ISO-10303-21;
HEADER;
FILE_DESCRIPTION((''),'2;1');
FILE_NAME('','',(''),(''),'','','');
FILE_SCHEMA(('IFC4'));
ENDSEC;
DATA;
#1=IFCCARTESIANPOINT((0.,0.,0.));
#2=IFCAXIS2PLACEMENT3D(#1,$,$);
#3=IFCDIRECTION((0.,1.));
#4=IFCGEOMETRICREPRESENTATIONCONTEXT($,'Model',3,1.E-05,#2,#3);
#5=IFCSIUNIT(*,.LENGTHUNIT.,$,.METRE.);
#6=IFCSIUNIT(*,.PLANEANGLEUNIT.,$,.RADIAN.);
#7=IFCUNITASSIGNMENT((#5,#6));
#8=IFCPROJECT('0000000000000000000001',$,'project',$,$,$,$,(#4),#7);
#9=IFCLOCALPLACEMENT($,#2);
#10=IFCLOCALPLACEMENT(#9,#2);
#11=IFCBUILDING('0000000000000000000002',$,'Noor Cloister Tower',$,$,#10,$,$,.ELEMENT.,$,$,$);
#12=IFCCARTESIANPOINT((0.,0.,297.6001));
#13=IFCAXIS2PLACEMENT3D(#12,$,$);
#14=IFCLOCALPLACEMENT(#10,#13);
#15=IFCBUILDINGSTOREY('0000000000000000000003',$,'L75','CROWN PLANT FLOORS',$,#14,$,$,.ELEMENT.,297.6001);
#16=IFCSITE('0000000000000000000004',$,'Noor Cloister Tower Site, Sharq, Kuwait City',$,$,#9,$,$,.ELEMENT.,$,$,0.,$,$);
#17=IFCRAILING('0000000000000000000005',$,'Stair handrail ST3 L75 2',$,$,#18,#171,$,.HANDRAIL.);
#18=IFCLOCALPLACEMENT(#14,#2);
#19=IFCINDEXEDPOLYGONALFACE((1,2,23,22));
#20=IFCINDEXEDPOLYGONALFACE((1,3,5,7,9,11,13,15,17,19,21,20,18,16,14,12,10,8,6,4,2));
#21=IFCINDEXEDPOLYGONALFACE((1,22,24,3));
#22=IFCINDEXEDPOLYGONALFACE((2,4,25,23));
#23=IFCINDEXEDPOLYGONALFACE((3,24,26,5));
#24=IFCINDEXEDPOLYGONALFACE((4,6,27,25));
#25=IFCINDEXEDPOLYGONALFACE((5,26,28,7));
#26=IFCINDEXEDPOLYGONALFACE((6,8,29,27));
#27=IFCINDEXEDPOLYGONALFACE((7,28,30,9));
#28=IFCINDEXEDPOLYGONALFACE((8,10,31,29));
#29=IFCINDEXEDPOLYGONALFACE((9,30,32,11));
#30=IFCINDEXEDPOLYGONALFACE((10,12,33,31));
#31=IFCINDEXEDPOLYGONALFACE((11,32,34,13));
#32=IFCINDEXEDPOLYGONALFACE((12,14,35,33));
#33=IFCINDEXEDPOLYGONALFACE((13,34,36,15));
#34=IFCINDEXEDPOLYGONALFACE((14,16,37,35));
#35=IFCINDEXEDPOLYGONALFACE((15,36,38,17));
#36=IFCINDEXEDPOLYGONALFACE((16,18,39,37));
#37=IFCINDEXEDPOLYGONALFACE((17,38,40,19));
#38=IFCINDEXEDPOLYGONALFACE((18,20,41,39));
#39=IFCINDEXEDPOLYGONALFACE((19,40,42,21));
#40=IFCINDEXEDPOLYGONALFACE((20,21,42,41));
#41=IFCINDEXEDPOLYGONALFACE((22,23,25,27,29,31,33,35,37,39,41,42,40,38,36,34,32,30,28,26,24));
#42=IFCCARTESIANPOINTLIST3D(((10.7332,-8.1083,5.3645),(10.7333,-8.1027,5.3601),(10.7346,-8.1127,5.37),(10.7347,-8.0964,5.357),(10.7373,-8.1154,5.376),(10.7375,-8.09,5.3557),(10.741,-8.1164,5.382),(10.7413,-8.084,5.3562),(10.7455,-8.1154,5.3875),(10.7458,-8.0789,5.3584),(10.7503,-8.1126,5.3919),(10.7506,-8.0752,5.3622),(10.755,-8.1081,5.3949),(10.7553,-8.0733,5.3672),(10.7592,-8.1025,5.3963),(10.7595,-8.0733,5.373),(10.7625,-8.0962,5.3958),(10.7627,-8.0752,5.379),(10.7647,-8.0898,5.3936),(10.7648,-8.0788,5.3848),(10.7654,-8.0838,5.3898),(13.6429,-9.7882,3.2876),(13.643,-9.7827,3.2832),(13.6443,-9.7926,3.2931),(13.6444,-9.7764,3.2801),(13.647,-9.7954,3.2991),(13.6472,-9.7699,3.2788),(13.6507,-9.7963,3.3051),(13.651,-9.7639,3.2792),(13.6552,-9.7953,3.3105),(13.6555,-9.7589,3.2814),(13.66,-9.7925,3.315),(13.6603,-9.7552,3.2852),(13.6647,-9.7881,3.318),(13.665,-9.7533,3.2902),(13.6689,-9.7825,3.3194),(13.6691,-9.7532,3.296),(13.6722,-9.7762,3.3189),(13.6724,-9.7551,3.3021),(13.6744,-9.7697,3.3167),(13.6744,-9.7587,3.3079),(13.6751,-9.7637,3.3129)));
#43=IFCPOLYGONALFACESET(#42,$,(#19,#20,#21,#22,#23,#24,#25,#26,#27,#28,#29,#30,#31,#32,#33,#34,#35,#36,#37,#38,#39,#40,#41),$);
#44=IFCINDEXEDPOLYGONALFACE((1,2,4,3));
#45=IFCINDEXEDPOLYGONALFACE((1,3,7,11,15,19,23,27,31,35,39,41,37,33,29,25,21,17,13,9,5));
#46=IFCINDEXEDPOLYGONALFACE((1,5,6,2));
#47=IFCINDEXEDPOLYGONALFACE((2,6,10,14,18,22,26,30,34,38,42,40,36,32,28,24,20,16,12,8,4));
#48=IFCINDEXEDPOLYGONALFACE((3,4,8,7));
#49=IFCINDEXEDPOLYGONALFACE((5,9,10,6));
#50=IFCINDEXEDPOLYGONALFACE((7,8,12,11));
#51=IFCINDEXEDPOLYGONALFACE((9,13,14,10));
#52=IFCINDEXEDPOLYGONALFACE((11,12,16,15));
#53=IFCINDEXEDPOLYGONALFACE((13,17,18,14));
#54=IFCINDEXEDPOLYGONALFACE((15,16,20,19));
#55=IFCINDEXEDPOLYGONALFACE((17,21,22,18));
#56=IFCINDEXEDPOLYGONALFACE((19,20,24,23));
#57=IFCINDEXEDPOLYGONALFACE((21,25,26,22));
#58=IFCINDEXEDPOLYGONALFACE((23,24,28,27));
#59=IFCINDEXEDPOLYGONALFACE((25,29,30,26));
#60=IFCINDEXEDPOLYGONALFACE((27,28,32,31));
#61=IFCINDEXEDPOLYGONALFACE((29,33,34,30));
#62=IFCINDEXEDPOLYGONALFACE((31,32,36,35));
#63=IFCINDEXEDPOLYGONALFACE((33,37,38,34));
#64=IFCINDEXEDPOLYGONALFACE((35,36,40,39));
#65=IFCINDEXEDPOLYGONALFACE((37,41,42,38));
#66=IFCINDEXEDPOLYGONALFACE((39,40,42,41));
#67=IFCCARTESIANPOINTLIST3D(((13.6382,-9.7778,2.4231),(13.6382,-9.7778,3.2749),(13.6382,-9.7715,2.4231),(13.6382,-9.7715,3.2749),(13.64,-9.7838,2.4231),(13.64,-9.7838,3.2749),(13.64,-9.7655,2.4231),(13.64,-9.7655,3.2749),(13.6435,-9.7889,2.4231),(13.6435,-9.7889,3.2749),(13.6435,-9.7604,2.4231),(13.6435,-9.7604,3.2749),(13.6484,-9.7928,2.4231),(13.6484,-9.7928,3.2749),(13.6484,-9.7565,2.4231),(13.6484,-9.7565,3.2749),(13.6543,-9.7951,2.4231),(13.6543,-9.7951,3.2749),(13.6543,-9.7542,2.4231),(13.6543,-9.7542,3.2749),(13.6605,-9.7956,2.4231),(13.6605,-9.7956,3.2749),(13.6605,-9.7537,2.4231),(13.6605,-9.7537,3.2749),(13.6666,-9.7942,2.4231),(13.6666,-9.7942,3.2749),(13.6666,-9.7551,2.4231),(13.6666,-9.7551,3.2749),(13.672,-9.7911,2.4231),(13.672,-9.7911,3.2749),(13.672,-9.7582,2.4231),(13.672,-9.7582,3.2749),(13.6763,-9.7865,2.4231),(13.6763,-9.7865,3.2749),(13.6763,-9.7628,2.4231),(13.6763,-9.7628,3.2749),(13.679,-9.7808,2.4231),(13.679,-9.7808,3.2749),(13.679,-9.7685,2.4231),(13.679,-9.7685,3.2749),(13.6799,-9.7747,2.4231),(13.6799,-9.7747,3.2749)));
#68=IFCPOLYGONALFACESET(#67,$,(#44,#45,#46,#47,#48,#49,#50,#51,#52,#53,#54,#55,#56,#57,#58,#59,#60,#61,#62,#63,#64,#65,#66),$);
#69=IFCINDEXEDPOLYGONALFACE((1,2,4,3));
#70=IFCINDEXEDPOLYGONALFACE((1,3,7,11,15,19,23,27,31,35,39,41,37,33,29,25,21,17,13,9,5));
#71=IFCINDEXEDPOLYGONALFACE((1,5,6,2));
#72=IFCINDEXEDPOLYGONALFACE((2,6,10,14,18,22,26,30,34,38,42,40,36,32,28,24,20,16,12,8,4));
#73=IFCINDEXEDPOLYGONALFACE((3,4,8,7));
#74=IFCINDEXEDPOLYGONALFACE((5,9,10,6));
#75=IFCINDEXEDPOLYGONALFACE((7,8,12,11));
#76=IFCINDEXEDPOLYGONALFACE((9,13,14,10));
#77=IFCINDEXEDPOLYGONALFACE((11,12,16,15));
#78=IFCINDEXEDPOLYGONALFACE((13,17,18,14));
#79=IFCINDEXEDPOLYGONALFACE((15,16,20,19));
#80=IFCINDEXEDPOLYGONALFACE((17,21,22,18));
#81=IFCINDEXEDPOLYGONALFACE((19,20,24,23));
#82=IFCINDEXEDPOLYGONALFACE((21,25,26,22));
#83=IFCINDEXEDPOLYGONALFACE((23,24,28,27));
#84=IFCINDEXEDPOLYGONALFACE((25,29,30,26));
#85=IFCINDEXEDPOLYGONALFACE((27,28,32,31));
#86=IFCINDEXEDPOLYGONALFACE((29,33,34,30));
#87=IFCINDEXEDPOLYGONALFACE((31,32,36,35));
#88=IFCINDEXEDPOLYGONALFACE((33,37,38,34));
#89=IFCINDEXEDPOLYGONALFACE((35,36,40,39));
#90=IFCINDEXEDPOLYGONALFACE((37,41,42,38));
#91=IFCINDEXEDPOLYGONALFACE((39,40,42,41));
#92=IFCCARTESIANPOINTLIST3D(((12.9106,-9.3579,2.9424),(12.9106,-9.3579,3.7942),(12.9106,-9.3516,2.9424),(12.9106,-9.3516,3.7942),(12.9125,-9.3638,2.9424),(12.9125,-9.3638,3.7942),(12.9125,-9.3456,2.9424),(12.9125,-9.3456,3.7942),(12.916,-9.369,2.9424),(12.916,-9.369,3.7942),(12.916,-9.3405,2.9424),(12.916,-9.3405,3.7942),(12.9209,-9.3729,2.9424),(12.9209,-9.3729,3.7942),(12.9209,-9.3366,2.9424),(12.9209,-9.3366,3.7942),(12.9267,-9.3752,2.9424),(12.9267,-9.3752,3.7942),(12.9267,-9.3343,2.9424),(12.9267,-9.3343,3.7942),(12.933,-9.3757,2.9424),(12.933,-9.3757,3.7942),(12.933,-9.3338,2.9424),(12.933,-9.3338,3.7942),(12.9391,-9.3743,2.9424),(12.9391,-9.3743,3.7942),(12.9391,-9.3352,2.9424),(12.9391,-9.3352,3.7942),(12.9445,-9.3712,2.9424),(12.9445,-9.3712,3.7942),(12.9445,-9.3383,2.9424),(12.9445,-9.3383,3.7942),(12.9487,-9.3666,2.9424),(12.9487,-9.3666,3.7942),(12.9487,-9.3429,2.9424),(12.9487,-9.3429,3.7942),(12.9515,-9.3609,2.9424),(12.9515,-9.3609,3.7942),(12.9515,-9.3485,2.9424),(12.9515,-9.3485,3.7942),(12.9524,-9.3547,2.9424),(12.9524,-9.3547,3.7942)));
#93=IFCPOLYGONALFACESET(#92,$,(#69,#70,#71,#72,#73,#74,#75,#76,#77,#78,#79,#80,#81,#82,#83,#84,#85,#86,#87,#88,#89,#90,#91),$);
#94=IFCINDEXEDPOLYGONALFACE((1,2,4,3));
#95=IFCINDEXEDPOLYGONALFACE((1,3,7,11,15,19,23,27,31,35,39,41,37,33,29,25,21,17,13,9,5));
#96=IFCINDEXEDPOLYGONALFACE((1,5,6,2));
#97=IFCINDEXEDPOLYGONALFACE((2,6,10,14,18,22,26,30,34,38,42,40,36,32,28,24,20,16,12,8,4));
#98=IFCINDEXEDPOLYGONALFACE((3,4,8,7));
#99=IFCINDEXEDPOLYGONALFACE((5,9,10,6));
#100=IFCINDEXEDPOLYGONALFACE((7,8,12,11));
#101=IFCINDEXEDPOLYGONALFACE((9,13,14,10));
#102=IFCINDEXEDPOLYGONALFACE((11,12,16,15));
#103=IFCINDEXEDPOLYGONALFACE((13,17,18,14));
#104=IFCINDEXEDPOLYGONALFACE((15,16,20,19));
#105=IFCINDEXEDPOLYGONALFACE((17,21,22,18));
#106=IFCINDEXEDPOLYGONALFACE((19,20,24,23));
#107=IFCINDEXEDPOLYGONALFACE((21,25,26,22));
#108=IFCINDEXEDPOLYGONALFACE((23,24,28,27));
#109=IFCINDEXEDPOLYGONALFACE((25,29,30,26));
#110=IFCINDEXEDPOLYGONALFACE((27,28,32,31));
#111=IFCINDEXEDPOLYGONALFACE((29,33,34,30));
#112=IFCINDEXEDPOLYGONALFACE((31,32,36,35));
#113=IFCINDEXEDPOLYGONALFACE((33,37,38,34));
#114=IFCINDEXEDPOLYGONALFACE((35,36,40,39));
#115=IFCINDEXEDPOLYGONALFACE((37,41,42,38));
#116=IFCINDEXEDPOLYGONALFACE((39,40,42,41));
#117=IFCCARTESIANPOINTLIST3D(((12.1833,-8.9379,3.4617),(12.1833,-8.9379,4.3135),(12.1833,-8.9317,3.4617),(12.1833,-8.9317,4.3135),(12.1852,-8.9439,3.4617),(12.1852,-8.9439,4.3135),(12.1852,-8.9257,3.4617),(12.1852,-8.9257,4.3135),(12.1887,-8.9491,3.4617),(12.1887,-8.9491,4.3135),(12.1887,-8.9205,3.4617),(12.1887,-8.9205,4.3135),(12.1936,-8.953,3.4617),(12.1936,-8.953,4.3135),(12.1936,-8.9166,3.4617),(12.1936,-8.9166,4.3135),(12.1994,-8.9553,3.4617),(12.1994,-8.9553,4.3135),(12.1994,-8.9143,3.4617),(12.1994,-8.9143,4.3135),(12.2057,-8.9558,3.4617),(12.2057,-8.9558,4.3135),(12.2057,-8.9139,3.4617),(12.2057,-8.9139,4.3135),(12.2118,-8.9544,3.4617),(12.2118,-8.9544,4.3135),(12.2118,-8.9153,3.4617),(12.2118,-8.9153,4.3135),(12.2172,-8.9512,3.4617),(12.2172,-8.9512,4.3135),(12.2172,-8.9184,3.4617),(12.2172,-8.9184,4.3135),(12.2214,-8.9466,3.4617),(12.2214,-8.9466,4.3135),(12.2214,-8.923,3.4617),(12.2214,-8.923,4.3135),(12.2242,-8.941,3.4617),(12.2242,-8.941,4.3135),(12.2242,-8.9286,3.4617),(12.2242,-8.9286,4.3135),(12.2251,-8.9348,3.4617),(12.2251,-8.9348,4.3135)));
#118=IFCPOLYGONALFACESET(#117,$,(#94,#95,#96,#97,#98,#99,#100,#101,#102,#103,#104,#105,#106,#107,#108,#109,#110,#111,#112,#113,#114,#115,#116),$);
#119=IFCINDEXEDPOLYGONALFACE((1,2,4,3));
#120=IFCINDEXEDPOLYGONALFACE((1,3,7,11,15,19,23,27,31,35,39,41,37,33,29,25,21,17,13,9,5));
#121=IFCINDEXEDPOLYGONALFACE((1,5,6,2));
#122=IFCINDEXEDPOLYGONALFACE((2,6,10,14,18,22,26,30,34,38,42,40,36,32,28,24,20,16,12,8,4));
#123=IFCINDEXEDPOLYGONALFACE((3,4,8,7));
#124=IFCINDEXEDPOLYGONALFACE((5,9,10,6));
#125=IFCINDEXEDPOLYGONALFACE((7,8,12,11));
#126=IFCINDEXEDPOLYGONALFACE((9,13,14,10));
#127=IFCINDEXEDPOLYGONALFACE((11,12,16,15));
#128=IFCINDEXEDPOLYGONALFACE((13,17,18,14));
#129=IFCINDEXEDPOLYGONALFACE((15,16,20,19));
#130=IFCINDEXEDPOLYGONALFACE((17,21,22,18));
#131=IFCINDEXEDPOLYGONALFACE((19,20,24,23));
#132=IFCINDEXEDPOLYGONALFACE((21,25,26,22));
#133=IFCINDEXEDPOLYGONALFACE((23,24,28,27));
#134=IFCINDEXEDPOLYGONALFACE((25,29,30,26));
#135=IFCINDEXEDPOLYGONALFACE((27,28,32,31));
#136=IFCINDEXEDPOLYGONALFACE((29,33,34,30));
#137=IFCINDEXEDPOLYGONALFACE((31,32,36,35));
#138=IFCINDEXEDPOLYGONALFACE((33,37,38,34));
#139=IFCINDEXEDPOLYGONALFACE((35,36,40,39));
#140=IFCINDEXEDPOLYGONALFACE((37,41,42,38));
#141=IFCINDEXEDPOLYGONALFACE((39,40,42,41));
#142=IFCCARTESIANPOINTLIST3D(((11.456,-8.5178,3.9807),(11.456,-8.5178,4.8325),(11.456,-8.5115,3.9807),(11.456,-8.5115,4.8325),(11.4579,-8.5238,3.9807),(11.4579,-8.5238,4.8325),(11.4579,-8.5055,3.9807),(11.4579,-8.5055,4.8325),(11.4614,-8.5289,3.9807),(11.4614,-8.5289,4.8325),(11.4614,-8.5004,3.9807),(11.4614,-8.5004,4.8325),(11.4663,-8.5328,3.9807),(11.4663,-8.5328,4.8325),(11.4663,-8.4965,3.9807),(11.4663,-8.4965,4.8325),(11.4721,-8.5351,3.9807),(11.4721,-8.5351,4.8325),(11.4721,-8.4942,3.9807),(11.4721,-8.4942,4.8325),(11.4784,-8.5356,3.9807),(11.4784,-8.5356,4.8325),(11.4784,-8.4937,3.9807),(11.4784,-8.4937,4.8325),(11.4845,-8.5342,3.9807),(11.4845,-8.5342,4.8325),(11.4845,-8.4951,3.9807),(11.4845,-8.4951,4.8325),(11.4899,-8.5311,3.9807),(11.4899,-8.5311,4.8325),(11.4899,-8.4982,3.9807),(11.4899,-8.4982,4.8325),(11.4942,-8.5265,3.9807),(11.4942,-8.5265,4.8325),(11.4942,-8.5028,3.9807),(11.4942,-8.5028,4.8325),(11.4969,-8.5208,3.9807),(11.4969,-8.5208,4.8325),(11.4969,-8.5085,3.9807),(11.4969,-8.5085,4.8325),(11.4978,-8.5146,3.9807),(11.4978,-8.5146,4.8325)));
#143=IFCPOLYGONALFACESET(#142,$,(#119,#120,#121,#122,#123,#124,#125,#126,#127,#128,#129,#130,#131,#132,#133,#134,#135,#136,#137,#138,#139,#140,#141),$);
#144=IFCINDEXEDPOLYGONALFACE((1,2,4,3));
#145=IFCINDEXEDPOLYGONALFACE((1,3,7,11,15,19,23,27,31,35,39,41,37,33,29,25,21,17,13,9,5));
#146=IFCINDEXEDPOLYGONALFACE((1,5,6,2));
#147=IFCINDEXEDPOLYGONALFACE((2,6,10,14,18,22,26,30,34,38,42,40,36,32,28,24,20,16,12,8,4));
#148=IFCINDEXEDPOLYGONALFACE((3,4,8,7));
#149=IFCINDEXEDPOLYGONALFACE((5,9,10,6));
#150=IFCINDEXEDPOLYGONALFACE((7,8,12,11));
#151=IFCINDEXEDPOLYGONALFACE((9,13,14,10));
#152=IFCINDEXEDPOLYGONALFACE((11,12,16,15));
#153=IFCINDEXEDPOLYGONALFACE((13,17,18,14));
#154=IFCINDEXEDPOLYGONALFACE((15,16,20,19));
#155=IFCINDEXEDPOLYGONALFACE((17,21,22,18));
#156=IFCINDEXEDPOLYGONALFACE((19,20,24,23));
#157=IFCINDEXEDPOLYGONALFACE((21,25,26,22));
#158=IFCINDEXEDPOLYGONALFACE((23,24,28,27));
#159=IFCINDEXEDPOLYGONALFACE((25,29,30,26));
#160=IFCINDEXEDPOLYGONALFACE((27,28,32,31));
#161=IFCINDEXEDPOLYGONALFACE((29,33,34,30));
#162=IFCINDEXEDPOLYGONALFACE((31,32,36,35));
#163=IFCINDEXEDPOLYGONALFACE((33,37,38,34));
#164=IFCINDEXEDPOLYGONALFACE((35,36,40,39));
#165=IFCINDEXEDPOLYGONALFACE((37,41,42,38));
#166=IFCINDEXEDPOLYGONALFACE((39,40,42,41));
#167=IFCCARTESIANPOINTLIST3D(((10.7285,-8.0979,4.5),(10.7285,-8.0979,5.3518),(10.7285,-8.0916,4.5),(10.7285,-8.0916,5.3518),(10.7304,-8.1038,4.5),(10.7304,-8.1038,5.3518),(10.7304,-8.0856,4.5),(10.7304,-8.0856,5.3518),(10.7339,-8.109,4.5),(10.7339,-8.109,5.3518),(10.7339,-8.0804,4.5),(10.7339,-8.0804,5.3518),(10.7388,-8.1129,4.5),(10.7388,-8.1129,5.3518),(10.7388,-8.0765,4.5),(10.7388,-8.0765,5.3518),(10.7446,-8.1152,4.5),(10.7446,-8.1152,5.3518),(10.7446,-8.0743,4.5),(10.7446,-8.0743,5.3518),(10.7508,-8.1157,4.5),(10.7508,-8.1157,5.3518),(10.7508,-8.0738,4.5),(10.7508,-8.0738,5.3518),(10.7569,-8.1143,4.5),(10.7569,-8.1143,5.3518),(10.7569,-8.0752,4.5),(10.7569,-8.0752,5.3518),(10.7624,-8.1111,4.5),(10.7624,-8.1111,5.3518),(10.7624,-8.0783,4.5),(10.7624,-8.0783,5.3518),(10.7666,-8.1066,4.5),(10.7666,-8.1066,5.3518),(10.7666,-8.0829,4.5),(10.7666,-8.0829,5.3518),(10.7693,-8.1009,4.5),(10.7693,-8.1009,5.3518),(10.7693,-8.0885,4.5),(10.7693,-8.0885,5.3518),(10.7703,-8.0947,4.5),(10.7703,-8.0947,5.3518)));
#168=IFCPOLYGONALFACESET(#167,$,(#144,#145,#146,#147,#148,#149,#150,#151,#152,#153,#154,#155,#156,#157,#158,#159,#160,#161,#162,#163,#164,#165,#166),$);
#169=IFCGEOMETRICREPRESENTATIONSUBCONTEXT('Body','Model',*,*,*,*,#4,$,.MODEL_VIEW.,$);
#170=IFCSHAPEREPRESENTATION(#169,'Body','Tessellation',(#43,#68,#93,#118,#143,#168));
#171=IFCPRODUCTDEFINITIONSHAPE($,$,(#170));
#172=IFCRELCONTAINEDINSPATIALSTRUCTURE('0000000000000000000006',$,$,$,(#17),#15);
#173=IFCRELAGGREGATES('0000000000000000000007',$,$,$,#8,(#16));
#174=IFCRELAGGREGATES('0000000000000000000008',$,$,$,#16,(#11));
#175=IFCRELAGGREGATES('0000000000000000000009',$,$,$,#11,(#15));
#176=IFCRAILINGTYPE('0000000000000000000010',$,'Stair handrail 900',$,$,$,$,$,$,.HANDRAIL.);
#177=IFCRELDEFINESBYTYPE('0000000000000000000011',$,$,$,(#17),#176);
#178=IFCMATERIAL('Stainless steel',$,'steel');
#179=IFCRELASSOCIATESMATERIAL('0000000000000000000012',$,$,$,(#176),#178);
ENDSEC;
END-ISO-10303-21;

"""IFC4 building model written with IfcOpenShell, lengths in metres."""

from ifc_helpers import new_model, si_unit, direction, frame, origin, origin_2d, place, context, subcontext, project, spatial, circle, extrude, material, type_object, element, save


model = new_model("IFC4")

# Units and contexts
model_context = context("Model", 3, precision=1e-05, world=origin(), true_north=direction((0.0, 1.0)))
body_context = subcontext(model_context, "Body", "Model", "MODEL_VIEW")
ifc_project = project(units=[si_unit("LENGTHUNIT", "METRE"), si_unit("PLANEANGLEUNIT", "RADIAN")], contexts=[model_context])

# Site, building, storey
site_placement = place(None, origin())
site = spatial("IfcSite", under=ifc_project, at=site_placement, Name="Noor Cloister Tower Site, Sharq, Kuwait City", CompositionType="ELEMENT", RefElevation=0.0)
building_placement = place(site_placement, origin())
building = spatial("IfcBuilding", under=site, at=building_placement, Name="Noor Cloister Tower", CompositionType="ELEMENT")
storey_placement = place(building_placement, frame((0.0, 0.0, 297.6001)))
storey = spatial("IfcBuildingStorey", under=building, at=storey_placement, Name="L75", Description="CROWN PLANT FLOORS", CompositionType="ELEMENT", Elevation=297.6001)

# Railing
ifc_material_1 = material(Name="Stainless steel", Category="steel")
railing_type_1 = type_object("IfcRailingType", Name="Stair handrail 900", PredefinedType="HANDRAIL", material=ifc_material_1)
railing_1_placement = place(storey_placement, frame((13.6589, -9.7747, 2.4231)))
element("IfcRailing", 1, at=railing_1_placement, inside=storey, type_object=railing_type_1, Name="Stair handrail ST3 L75 2", PredefinedType="HANDRAIL", context=body_context, shape_type="SweptSolid", body=[
    extrude(circle(Radius=0.0239, at=origin_2d()), frame((0.0, 0.0, 0.876), z_axis=(-0.73664, 0.425308, 0.525809), x_axis=(-0.500008, -0.866021, 0.0)), (0.0, 0.0, 1.0), 3.95),
    extrude(circle(Radius=0.021, at=origin_2d()), origin(), (0.0, 0.0, 1.0), 0.8518),
    extrude(circle(Radius=0.021, at=origin_2d()), frame((-0.7275, 0.4199, 0.5193)), (0.0, 0.0, 1.0), 0.8518),
    extrude(circle(Radius=0.021, at=origin_2d()), frame((-1.4548, 0.8398, 1.0386)), (0.0, 0.0, 1.0), 0.8518),
    extrude(circle(Radius=0.021, at=origin_2d()), frame((-2.1821, 1.26, 1.5576)), (0.0, 0.0, 1.0), 0.8518),
    extrude(circle(Radius=0.021, at=origin_2d()), frame((-2.9097, 1.6799, 2.0769)), (0.0, 0.0, 1.0), 0.8518),
])

save(model, "model.ifc")
